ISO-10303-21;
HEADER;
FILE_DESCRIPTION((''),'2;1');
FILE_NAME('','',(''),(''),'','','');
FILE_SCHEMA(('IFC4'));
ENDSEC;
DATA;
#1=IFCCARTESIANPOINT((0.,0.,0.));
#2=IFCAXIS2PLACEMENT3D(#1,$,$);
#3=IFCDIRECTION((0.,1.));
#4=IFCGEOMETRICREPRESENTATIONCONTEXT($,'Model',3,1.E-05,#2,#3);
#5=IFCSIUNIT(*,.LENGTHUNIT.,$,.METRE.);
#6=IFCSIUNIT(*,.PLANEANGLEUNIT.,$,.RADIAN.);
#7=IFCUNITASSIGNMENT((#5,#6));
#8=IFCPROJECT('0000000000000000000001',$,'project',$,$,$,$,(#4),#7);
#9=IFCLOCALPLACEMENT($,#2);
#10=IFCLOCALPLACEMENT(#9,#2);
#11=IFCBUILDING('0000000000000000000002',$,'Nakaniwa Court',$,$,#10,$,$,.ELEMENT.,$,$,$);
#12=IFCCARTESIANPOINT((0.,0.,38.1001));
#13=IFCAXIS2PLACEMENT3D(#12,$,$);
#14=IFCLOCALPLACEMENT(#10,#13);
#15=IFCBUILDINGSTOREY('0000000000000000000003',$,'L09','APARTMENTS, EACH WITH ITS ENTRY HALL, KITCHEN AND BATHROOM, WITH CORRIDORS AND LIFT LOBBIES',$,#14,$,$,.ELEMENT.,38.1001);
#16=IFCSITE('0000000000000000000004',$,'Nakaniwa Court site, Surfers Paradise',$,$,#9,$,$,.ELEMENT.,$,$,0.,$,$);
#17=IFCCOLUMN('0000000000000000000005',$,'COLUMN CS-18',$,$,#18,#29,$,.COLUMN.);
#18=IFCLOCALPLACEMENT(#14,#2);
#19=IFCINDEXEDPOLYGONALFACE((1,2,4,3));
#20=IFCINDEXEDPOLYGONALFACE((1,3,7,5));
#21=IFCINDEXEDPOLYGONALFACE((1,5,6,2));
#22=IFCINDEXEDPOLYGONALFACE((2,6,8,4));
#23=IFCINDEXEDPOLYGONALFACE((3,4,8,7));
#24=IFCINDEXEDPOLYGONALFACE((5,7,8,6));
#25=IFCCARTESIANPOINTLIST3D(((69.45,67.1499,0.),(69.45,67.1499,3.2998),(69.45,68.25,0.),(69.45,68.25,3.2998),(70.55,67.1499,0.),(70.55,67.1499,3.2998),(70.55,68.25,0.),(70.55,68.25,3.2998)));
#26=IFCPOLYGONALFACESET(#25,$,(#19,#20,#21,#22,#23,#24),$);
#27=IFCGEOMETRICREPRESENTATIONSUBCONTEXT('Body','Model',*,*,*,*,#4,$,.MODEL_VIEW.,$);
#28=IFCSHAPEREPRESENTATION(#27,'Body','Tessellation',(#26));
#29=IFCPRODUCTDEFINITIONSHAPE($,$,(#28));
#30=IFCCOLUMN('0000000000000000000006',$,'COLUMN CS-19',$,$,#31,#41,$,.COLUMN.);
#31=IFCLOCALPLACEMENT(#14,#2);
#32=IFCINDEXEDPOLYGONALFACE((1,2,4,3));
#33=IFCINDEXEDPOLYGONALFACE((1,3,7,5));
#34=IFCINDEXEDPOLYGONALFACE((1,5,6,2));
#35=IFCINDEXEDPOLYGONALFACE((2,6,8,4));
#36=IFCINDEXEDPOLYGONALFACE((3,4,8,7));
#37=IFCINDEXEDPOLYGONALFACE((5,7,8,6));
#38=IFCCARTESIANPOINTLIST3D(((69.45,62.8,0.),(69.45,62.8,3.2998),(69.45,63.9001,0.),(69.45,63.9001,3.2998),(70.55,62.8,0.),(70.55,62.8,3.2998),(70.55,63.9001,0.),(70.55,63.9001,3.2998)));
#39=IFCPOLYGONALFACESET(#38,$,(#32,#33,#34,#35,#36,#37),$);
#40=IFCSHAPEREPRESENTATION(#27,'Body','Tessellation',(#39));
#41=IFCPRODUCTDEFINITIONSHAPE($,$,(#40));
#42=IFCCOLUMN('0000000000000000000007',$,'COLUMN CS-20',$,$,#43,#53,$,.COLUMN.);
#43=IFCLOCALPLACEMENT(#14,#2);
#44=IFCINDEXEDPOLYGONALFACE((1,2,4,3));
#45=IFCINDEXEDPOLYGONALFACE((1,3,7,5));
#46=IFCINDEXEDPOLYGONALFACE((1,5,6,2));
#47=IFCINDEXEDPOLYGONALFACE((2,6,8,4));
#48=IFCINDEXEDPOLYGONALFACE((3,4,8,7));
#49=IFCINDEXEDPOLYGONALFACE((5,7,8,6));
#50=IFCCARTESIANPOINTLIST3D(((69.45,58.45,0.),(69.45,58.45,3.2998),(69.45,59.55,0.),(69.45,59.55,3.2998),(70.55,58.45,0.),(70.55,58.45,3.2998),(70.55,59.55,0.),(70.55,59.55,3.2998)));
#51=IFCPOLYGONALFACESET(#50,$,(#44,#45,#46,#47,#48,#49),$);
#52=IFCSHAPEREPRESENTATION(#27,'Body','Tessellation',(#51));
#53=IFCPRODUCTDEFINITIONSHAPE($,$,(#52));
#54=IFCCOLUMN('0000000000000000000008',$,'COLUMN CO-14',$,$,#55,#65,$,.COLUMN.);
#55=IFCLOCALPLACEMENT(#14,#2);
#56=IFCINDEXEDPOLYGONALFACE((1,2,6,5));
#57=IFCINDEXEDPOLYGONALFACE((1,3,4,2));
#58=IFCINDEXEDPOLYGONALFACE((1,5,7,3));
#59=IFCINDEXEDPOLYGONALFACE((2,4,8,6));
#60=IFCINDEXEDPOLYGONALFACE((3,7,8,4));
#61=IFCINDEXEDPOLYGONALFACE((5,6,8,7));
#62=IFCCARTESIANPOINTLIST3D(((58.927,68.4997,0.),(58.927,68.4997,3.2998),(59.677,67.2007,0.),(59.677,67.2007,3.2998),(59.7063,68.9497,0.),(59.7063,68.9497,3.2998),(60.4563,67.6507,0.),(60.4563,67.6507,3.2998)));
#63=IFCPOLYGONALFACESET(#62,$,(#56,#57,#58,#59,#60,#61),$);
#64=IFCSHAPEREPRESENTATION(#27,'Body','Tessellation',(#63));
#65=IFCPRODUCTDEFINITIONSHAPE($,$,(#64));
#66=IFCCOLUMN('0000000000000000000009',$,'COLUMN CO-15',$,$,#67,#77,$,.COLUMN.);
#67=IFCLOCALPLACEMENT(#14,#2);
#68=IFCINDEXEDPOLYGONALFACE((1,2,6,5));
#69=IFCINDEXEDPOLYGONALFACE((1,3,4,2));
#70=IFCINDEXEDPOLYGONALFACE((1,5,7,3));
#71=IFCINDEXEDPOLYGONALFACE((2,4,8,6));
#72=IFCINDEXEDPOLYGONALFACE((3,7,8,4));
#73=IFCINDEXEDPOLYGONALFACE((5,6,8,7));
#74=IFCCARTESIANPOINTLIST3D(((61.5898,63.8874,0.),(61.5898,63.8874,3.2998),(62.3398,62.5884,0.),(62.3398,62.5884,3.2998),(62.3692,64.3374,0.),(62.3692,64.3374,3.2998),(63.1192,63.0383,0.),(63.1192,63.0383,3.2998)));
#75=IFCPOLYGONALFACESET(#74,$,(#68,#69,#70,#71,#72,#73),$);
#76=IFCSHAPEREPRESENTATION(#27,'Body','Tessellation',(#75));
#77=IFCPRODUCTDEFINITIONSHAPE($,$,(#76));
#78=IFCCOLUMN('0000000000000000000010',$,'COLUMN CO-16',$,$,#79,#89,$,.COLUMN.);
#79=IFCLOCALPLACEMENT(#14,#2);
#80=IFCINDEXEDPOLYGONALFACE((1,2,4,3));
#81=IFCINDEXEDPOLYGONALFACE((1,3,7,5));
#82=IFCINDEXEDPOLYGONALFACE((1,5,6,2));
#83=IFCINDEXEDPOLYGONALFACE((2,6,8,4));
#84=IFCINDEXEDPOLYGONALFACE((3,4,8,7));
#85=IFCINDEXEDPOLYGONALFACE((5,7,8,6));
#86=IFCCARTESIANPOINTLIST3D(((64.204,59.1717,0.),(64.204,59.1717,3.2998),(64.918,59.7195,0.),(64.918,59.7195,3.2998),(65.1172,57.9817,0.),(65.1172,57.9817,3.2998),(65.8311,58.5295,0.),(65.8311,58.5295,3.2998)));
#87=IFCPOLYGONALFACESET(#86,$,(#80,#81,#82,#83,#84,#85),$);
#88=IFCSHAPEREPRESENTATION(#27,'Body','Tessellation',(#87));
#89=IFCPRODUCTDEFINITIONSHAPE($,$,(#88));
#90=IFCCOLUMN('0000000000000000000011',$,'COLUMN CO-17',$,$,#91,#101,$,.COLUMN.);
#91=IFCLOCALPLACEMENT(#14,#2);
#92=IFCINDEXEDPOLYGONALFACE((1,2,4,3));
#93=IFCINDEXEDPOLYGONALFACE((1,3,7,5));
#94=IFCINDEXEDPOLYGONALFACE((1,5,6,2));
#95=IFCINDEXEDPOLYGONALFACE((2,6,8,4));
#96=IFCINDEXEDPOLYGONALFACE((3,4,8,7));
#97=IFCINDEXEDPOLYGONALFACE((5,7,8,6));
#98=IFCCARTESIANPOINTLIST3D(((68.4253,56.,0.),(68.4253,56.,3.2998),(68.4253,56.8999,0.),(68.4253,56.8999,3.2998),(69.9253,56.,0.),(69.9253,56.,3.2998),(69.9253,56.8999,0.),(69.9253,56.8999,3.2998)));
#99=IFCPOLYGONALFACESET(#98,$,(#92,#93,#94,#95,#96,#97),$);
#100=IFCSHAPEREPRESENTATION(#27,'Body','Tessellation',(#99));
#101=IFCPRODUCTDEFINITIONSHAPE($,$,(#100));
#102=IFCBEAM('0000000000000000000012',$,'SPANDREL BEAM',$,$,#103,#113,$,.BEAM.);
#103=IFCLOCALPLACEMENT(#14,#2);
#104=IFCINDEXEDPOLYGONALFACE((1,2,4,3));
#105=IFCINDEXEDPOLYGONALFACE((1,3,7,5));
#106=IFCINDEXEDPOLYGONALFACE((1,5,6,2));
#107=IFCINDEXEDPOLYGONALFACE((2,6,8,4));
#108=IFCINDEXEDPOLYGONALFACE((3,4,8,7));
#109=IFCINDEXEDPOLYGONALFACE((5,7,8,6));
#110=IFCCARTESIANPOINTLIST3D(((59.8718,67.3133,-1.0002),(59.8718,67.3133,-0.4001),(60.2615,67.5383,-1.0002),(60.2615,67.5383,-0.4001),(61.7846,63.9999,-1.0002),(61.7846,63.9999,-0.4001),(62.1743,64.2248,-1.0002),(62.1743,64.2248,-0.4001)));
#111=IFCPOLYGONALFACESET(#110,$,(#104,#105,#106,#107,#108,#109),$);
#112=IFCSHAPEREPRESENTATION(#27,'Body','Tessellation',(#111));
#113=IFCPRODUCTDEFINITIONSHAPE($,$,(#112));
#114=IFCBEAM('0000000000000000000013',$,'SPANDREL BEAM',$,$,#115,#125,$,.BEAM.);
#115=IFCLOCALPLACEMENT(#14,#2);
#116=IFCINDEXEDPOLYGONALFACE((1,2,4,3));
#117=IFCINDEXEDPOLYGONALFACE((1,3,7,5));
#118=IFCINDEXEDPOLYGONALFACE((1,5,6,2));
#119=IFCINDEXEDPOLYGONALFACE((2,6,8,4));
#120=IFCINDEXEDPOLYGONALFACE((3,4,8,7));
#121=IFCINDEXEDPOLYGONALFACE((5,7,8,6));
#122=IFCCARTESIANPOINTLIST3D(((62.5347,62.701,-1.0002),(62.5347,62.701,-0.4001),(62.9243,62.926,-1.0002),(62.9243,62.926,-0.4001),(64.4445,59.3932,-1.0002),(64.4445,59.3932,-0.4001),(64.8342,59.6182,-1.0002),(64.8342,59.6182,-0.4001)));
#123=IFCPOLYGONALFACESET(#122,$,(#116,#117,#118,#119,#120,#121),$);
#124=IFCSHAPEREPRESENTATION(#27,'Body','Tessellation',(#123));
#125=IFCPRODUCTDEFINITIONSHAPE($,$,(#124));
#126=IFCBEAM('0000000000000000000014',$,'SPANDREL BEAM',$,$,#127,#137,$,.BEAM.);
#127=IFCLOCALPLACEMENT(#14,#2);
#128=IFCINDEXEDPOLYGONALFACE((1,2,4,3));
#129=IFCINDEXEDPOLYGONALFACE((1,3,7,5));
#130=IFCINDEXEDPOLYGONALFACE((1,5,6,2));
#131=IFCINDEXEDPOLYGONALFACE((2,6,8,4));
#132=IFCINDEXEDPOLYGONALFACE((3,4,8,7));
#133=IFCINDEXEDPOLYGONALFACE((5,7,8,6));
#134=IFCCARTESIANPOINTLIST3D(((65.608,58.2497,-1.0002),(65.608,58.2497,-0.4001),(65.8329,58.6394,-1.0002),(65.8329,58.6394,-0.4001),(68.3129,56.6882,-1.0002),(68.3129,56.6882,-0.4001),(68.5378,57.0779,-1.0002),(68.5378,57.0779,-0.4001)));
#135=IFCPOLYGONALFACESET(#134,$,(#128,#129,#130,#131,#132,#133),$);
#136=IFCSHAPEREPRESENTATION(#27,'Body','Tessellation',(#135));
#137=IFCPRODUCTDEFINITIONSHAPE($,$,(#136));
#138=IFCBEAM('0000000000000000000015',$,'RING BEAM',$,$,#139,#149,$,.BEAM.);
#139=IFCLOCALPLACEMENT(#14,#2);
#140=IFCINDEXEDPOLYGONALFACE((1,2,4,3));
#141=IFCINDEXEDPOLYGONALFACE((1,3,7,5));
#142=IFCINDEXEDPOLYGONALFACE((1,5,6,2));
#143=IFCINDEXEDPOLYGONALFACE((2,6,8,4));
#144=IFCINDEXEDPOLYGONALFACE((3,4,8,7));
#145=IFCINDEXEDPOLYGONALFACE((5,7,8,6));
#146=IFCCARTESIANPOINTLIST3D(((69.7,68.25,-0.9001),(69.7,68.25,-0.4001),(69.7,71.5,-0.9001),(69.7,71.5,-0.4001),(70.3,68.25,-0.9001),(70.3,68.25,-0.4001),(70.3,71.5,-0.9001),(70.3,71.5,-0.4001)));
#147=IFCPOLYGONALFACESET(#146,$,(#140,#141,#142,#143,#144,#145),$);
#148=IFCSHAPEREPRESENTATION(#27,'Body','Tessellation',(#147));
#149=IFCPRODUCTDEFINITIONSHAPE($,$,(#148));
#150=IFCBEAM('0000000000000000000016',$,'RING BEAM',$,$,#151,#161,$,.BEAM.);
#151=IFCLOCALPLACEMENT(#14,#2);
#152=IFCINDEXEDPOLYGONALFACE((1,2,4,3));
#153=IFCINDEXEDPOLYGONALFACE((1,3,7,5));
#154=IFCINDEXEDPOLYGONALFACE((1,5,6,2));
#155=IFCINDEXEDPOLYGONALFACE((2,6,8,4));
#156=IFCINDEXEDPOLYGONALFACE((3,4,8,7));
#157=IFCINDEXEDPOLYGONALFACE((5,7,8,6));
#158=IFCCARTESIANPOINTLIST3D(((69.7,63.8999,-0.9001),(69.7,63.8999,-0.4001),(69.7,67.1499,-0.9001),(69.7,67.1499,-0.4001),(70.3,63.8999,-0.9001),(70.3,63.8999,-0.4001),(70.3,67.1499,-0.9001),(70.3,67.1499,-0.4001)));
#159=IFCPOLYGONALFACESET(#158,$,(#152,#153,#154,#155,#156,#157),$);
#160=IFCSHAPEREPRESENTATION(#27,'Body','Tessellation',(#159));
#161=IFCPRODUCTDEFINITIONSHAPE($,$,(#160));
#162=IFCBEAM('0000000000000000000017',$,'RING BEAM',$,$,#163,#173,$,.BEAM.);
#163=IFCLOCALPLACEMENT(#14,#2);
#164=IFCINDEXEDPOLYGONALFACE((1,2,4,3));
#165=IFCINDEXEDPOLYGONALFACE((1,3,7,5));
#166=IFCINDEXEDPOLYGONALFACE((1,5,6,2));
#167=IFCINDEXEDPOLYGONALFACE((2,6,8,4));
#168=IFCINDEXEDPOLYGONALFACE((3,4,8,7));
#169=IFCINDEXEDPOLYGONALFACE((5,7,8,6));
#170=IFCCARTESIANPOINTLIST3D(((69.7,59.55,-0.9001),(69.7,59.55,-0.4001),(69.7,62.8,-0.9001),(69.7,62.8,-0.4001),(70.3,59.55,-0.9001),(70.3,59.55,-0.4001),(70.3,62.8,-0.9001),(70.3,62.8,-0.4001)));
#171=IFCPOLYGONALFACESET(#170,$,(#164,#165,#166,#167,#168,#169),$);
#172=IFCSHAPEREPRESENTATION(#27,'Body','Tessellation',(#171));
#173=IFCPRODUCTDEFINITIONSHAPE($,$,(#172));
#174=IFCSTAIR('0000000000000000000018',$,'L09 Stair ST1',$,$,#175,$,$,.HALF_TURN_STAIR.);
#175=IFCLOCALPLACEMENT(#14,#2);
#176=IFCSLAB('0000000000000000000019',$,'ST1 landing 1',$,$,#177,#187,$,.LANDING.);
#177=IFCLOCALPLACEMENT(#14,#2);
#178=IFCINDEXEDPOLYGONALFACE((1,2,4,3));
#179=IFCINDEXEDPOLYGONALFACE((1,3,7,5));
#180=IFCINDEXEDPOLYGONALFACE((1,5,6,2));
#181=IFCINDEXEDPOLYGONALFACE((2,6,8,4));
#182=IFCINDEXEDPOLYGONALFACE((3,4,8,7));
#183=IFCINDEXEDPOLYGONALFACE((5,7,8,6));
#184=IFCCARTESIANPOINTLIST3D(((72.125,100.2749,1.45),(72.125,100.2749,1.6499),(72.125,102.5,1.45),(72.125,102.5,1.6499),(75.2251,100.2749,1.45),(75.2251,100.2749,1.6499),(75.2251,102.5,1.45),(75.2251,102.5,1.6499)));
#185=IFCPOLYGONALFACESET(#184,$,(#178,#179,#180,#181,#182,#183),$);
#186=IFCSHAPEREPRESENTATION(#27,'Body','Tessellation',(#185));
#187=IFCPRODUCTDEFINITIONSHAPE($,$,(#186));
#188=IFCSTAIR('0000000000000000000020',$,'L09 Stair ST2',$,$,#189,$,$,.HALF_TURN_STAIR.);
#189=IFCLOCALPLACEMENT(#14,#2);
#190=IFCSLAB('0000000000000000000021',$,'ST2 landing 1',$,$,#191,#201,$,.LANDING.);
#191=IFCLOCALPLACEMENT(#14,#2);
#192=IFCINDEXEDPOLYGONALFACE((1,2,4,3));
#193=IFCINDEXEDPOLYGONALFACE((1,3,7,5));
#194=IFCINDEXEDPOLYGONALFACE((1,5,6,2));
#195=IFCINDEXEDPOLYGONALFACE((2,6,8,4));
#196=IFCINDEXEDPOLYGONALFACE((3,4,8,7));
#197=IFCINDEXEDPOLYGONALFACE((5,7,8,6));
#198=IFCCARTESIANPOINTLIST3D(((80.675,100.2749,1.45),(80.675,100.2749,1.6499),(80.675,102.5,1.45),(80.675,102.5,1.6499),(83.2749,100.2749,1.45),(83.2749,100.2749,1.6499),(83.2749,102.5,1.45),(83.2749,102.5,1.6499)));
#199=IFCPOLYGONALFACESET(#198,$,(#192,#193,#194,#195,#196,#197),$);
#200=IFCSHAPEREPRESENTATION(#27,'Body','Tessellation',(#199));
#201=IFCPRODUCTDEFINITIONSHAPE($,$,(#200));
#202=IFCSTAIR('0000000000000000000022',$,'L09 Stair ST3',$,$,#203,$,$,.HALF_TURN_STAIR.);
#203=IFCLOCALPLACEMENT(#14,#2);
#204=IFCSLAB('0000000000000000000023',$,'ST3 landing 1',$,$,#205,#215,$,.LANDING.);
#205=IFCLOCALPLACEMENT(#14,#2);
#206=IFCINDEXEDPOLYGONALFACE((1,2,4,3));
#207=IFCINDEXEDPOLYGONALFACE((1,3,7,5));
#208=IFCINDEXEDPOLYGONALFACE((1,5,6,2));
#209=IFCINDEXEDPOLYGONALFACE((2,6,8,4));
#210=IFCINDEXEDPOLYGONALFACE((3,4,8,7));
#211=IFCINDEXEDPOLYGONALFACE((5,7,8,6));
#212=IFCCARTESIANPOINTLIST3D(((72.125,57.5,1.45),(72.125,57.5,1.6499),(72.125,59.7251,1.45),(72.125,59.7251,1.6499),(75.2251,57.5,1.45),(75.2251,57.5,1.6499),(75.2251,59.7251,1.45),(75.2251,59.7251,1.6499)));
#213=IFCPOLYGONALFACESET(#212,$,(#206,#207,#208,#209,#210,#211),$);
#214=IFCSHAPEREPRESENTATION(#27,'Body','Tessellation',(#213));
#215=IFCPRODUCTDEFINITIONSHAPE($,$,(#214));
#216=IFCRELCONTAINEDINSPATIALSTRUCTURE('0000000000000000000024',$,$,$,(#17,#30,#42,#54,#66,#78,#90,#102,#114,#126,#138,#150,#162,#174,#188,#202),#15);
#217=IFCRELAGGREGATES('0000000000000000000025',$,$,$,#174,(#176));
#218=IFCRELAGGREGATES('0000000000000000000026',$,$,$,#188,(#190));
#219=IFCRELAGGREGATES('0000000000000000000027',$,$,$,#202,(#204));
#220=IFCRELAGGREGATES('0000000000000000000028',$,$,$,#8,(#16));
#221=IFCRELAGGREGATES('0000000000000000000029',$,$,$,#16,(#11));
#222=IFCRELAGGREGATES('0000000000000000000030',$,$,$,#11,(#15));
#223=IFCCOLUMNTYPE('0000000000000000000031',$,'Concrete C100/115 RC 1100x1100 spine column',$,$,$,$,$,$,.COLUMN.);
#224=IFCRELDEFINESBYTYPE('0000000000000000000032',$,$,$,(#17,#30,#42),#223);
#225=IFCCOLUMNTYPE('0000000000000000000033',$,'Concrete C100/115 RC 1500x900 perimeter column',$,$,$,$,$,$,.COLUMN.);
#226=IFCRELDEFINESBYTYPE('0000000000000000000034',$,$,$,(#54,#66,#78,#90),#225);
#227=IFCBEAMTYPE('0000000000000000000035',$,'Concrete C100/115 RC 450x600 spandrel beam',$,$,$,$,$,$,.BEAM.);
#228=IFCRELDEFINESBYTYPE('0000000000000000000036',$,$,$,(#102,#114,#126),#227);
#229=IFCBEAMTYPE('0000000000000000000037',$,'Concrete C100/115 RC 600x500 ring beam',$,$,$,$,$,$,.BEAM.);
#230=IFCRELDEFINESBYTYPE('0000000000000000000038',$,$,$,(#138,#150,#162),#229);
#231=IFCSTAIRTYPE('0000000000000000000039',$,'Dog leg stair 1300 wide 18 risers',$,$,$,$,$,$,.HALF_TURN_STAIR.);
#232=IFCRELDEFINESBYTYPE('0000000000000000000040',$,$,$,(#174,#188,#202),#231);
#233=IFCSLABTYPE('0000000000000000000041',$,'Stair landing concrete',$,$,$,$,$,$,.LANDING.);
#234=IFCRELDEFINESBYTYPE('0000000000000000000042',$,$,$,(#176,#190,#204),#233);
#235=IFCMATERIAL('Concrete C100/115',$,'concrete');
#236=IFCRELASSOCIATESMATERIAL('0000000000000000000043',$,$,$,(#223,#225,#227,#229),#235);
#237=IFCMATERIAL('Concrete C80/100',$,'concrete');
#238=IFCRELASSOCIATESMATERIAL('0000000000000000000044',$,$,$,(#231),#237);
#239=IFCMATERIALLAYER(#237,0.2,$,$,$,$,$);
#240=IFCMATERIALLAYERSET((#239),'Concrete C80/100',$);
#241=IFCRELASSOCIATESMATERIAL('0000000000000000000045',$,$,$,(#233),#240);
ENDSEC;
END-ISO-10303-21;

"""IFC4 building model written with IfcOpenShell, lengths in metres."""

from ifc_helpers import new_model, si_unit, direction, frame, origin, origin_2d, place, context, subcontext, project, spatial, polyline, rectangle, outline, extrude, material, layer, layer_set, material_profile, profile_set, type_object, element, aggregate, save


model = new_model("IFC4")

# Units and contexts
model_context = context("Model", 3, precision=1e-05, world=origin(), true_north=direction((0.0, 1.0)))
body_context = subcontext(model_context, "Body", "Model", "MODEL_VIEW")
ifc_project = project(units=[si_unit("LENGTHUNIT", "METRE"), si_unit("PLANEANGLEUNIT", "RADIAN")], contexts=[model_context])

# Site, building, storey
site_placement = place(None, origin())
site = spatial("IfcSite", under=ifc_project, at=site_placement, Name="Nakaniwa Court site, Surfers Paradise", CompositionType="ELEMENT", RefElevation=0.0)
building_placement = place(site_placement, origin())
building = spatial("IfcBuilding", under=site, at=building_placement, Name="Nakaniwa Court", CompositionType="ELEMENT")
storey_placement = place(building_placement, frame((0.0, 0.0, 38.1001)))
storey = spatial("IfcBuildingStorey", under=building, at=storey_placement, Name="L09", Description="APARTMENTS, EACH WITH ITS ENTRY HALL, KITCHEN AND BATHROOM, WITH CORRIDORS AND LIFT LOBBIES", CompositionType="ELEMENT", Elevation=38.1001)

# Columns
ifc_material_1 = material(Name="Concrete C100/115", Category="concrete")
ifc_material_profile_1 = material_profile(ifc_material_1, rectangle(XDim=1.1001, YDim=1.1001, at=origin_2d()), Name="Concrete C100/115 RC 1100x1100 spine column")
ifc_profile_set_1 = profile_set([ifc_material_profile_1], Name="Concrete C100/115")
column_type_1 = type_object("IfcColumnType", Name="Concrete C100/115 RC 1100x1100 spine column", PredefinedType="COLUMN", material=ifc_profile_set_1)
for number, where, z_axis, x_axis, name in (
    (1, (70.0, 67.7, 0.0), (0.0, 0.0, 1.0), (0.0, -1.0, 0.0), "COLUMN CS-18"),
    (2, (70.0, 63.3501, 0.0), (0.0, 0.0, 1.0), (0.0, -1.0, 0.0), "COLUMN CS-19"),
    (3, (70.0, 59.0, 0.0), (0.0, 0.0, 1.0), (0.0, -1.0, 0.0), "COLUMN CS-20"),
):
    element("IfcColumn", number, at=place(storey_placement, frame(where, z_axis=z_axis, x_axis=x_axis)), inside=storey, type_object=column_type_1, Name=name, PredefinedType="COLUMN", context=body_context, shape_type="SweptSolid", body=[
        extrude(rectangle(XDim=1.1001, YDim=1.1001, at=origin_2d()), origin(), (0.0, 0.0, 1.0), 3.2998),
    ])
ifc_material_profile_2 = material_profile(ifc_material_1, rectangle(XDim=1.5, YDim=0.8999, at=origin_2d()), Name="Concrete C100/115 RC 1500x900 perimeter column")
ifc_profile_set_2 = profile_set([ifc_material_profile_2], Name="Concrete C100/115")
column_type_2 = type_object("IfcColumnType", Name="Concrete C100/115 RC 1500x900 perimeter column", PredefinedType="COLUMN", material=ifc_profile_set_2)
for number, where, z_axis, x_axis, name in (
    (4, (59.6917, 68.0752, 0.0), (0.0, 0.0, 1.0), (0.5, -0.866025, 0.0), "COLUMN CO-14"),
    (5, (62.3545, 63.4629, 0.0), (0.0, 0.0, 1.0), (0.5, -0.866025, 0.0), "COLUMN CO-15"),
    (6, (65.0176, 58.8506, 0.0), (0.0, 0.0, 1.0), (0.608761, -0.793353, 0.0), "COLUMN CO-16"),
    (7, (69.1753, 56.45, 0.0), (0.0, 0.0, 1.0), (1.0, 0.0, 0.0), "COLUMN CO-17"),
):
    element("IfcColumn", number, at=place(storey_placement, frame(where, z_axis=z_axis, x_axis=x_axis)), inside=storey, type_object=column_type_2, Name=name, PredefinedType="COLUMN", context=body_context, shape_type="SweptSolid", body=[
        extrude(rectangle(XDim=1.5, YDim=0.8999, at=origin_2d()), origin(), (0.0, 0.0, 1.0), 3.2998),
    ])

# Beams
ifc_material_profile_3 = material_profile(ifc_material_1, rectangle(XDim=0.45, YDim=0.6001, at=origin_2d()), Name="Concrete C100/115 RC 450x600 spandrel beam")
ifc_profile_set_3 = profile_set([ifc_material_profile_3], Name="Concrete C100/115")
beam_type_1 = type_object("IfcBeamType", Name="Concrete C100/115 RC 450x600 spandrel beam", PredefinedType="BEAM", material=ifc_profile_set_3)
beam_1_placement = place(storey_placement, frame((60.0667, 67.4258, -0.7002), z_axis=(0.499962, -0.866047, 0.0), x_axis=(0.866047, 0.499962, 0.0)))
element("IfcBeam", 8, at=beam_1_placement, inside=storey, type_object=beam_type_1, Name="SPANDREL BEAM", PredefinedType="BEAM", context=body_context, shape_type="SweptSolid", body=[
    extrude(rectangle(XDim=0.45, YDim=0.6001, at=origin_2d()), origin(), (0.0, 0.0, 1.0), 3.8259),
])
beam_2_placement = place(storey_placement, frame((62.7295, 62.8135, -0.7002), z_axis=(0.500023, -0.866012, 0.0), x_axis=(0.866012, 0.500023, 0.0)))
element("IfcBeam", 9, at=beam_2_placement, inside=storey, type_object=beam_type_1, Name="SPANDREL BEAM", PredefinedType="BEAM", context=body_context, shape_type="SweptSolid", body=[
    extrude(rectangle(XDim=0.45, YDim=0.6001, at=origin_2d()), origin(), (0.0, 0.0, 1.0), 3.8196),
])
beam_3_placement = place(storey_placement, frame((65.7205, 58.4446, -0.7002), z_axis=(0.866041, -0.499973, 0.0), x_axis=(0.499973, 0.866041, 0.0)))
element("IfcBeam", 10, at=beam_3_placement, inside=storey, type_object=beam_type_1, Name="SPANDREL BEAM", PredefinedType="BEAM", context=body_context, shape_type="SweptSolid", body=[
    extrude(rectangle(XDim=0.45, YDim=0.6001, at=origin_2d()), origin(), (0.0, 0.0, 1.0), 3.1233),
])
ifc_material_profile_4 = material_profile(ifc_material_1, rectangle(XDim=0.6001, YDim=0.5, at=origin_2d()), Name="Concrete C100/115 RC 600x500 ring beam")
ifc_profile_set_4 = profile_set([ifc_material_profile_4], Name="Concrete C100/115")
beam_type_2 = type_object("IfcBeamType", Name="Concrete C100/115 RC 600x500 ring beam", PredefinedType="BEAM", material=ifc_profile_set_4)
for number, where, z_axis, x_axis, name in (
    (11, (70.0, 71.5, -0.6501), (0.0, -1.0, 0.0), (1.0, 0.0, 0.0), "RING BEAM"),
    (12, (70.0, 67.1499, -0.6501), (0.0, -1.0, 0.0), (1.0, 0.0, 0.0), "RING BEAM"),
    (13, (70.0, 62.8, -0.6501), (0.0, -1.0, 0.0), (1.0, 0.0, 0.0), "RING BEAM"),
):
    element("IfcBeam", number, at=place(storey_placement, frame(where, z_axis=z_axis, x_axis=x_axis)), inside=storey, type_object=beam_type_2, Name=name, PredefinedType="BEAM", context=body_context, shape_type="SweptSolid", body=[
        extrude(rectangle(XDim=0.6001, YDim=0.5, at=origin_2d()), origin(), (0.0, 0.0, 1.0), 3.25),
    ])

# Stairs, slabs
ifc_material_2 = material(Name="Concrete C80/100", Category="concrete")
stair_type = type_object("IfcStairType", Name="Dog leg stair 1300 wide 18 risers", PredefinedType="HALF_TURN_STAIR", material=ifc_material_2)
stair_1_placement = place(storey_placement, origin())
stair_1 = element("IfcStair", 14, at=stair_1_placement, inside=storey, type_object=stair_type, Name="L09 Stair ST1", PredefinedType="HALF_TURN_STAIR")
ifc_layer_1 = layer(ifc_material_2, 0.2)
ifc_layer_set_1 = layer_set([ifc_layer_1], Name="Concrete C80/100")
slab_type_1 = type_object("IfcSlabType", Name="Stair landing concrete", PredefinedType="LANDING", material=ifc_layer_set_1)
slab_1_placement = place(storey_placement, frame((0.0, 0.0, 1.45)))
slab_1 = element("IfcSlab", 15, at=slab_1_placement, type_object=slab_type_1, Name="ST1 landing 1", PredefinedType="LANDING", context=body_context, shape_type="SweptSolid", body=[
    extrude(outline(polyline([(75.2251, 100.2749), (75.2251, 102.5), (72.125, 102.5), (72.125, 100.2749), (75.2251, 100.2749)])), origin(), (0.0, 0.0, 1.0), 0.2),
])
aggregate(stair_1, [slab_1])
stair_2_placement = place(storey_placement, origin())
stair_2 = element("IfcStair", 16, at=stair_2_placement, inside=storey, type_object=stair_type, Name="L09 Stair ST2", PredefinedType="HALF_TURN_STAIR")
slab_2_placement = place(storey_placement, frame((0.0, 0.0, 1.45)))
slab_2 = element("IfcSlab", 17, at=slab_2_placement, type_object=slab_type_1, Name="ST2 landing 1", PredefinedType="LANDING", context=body_context, shape_type="SweptSolid", body=[
    extrude(outline(polyline([(83.2749, 100.2749), (83.2749, 102.5), (80.675, 102.5), (80.675, 100.2749), (83.2749, 100.2749)])), origin(), (0.0, 0.0, 1.0), 0.2),
])
aggregate(stair_2, [slab_2])
stair_3_placement = place(storey_placement, origin())
stair_3 = element("IfcStair", 18, at=stair_3_placement, inside=storey, type_object=stair_type, Name="L09 Stair ST3", PredefinedType="HALF_TURN_STAIR")
slab_3_placement = place(storey_placement, frame((0.0, 0.0, 1.45)))
slab_3 = element("IfcSlab", 19, at=slab_3_placement, type_object=slab_type_1, Name="ST3 landing 1", PredefinedType="LANDING", context=body_context, shape_type="SweptSolid", body=[
    extrude(outline(polyline([(75.2251, 57.5), (75.2251, 59.7251), (72.125, 59.7251), (72.125, 57.5), (75.2251, 57.5)])), origin(), (0.0, 0.0, 1.0), 0.2),
])
aggregate(stair_3, [slab_3])

save(model, "model.ifc")
